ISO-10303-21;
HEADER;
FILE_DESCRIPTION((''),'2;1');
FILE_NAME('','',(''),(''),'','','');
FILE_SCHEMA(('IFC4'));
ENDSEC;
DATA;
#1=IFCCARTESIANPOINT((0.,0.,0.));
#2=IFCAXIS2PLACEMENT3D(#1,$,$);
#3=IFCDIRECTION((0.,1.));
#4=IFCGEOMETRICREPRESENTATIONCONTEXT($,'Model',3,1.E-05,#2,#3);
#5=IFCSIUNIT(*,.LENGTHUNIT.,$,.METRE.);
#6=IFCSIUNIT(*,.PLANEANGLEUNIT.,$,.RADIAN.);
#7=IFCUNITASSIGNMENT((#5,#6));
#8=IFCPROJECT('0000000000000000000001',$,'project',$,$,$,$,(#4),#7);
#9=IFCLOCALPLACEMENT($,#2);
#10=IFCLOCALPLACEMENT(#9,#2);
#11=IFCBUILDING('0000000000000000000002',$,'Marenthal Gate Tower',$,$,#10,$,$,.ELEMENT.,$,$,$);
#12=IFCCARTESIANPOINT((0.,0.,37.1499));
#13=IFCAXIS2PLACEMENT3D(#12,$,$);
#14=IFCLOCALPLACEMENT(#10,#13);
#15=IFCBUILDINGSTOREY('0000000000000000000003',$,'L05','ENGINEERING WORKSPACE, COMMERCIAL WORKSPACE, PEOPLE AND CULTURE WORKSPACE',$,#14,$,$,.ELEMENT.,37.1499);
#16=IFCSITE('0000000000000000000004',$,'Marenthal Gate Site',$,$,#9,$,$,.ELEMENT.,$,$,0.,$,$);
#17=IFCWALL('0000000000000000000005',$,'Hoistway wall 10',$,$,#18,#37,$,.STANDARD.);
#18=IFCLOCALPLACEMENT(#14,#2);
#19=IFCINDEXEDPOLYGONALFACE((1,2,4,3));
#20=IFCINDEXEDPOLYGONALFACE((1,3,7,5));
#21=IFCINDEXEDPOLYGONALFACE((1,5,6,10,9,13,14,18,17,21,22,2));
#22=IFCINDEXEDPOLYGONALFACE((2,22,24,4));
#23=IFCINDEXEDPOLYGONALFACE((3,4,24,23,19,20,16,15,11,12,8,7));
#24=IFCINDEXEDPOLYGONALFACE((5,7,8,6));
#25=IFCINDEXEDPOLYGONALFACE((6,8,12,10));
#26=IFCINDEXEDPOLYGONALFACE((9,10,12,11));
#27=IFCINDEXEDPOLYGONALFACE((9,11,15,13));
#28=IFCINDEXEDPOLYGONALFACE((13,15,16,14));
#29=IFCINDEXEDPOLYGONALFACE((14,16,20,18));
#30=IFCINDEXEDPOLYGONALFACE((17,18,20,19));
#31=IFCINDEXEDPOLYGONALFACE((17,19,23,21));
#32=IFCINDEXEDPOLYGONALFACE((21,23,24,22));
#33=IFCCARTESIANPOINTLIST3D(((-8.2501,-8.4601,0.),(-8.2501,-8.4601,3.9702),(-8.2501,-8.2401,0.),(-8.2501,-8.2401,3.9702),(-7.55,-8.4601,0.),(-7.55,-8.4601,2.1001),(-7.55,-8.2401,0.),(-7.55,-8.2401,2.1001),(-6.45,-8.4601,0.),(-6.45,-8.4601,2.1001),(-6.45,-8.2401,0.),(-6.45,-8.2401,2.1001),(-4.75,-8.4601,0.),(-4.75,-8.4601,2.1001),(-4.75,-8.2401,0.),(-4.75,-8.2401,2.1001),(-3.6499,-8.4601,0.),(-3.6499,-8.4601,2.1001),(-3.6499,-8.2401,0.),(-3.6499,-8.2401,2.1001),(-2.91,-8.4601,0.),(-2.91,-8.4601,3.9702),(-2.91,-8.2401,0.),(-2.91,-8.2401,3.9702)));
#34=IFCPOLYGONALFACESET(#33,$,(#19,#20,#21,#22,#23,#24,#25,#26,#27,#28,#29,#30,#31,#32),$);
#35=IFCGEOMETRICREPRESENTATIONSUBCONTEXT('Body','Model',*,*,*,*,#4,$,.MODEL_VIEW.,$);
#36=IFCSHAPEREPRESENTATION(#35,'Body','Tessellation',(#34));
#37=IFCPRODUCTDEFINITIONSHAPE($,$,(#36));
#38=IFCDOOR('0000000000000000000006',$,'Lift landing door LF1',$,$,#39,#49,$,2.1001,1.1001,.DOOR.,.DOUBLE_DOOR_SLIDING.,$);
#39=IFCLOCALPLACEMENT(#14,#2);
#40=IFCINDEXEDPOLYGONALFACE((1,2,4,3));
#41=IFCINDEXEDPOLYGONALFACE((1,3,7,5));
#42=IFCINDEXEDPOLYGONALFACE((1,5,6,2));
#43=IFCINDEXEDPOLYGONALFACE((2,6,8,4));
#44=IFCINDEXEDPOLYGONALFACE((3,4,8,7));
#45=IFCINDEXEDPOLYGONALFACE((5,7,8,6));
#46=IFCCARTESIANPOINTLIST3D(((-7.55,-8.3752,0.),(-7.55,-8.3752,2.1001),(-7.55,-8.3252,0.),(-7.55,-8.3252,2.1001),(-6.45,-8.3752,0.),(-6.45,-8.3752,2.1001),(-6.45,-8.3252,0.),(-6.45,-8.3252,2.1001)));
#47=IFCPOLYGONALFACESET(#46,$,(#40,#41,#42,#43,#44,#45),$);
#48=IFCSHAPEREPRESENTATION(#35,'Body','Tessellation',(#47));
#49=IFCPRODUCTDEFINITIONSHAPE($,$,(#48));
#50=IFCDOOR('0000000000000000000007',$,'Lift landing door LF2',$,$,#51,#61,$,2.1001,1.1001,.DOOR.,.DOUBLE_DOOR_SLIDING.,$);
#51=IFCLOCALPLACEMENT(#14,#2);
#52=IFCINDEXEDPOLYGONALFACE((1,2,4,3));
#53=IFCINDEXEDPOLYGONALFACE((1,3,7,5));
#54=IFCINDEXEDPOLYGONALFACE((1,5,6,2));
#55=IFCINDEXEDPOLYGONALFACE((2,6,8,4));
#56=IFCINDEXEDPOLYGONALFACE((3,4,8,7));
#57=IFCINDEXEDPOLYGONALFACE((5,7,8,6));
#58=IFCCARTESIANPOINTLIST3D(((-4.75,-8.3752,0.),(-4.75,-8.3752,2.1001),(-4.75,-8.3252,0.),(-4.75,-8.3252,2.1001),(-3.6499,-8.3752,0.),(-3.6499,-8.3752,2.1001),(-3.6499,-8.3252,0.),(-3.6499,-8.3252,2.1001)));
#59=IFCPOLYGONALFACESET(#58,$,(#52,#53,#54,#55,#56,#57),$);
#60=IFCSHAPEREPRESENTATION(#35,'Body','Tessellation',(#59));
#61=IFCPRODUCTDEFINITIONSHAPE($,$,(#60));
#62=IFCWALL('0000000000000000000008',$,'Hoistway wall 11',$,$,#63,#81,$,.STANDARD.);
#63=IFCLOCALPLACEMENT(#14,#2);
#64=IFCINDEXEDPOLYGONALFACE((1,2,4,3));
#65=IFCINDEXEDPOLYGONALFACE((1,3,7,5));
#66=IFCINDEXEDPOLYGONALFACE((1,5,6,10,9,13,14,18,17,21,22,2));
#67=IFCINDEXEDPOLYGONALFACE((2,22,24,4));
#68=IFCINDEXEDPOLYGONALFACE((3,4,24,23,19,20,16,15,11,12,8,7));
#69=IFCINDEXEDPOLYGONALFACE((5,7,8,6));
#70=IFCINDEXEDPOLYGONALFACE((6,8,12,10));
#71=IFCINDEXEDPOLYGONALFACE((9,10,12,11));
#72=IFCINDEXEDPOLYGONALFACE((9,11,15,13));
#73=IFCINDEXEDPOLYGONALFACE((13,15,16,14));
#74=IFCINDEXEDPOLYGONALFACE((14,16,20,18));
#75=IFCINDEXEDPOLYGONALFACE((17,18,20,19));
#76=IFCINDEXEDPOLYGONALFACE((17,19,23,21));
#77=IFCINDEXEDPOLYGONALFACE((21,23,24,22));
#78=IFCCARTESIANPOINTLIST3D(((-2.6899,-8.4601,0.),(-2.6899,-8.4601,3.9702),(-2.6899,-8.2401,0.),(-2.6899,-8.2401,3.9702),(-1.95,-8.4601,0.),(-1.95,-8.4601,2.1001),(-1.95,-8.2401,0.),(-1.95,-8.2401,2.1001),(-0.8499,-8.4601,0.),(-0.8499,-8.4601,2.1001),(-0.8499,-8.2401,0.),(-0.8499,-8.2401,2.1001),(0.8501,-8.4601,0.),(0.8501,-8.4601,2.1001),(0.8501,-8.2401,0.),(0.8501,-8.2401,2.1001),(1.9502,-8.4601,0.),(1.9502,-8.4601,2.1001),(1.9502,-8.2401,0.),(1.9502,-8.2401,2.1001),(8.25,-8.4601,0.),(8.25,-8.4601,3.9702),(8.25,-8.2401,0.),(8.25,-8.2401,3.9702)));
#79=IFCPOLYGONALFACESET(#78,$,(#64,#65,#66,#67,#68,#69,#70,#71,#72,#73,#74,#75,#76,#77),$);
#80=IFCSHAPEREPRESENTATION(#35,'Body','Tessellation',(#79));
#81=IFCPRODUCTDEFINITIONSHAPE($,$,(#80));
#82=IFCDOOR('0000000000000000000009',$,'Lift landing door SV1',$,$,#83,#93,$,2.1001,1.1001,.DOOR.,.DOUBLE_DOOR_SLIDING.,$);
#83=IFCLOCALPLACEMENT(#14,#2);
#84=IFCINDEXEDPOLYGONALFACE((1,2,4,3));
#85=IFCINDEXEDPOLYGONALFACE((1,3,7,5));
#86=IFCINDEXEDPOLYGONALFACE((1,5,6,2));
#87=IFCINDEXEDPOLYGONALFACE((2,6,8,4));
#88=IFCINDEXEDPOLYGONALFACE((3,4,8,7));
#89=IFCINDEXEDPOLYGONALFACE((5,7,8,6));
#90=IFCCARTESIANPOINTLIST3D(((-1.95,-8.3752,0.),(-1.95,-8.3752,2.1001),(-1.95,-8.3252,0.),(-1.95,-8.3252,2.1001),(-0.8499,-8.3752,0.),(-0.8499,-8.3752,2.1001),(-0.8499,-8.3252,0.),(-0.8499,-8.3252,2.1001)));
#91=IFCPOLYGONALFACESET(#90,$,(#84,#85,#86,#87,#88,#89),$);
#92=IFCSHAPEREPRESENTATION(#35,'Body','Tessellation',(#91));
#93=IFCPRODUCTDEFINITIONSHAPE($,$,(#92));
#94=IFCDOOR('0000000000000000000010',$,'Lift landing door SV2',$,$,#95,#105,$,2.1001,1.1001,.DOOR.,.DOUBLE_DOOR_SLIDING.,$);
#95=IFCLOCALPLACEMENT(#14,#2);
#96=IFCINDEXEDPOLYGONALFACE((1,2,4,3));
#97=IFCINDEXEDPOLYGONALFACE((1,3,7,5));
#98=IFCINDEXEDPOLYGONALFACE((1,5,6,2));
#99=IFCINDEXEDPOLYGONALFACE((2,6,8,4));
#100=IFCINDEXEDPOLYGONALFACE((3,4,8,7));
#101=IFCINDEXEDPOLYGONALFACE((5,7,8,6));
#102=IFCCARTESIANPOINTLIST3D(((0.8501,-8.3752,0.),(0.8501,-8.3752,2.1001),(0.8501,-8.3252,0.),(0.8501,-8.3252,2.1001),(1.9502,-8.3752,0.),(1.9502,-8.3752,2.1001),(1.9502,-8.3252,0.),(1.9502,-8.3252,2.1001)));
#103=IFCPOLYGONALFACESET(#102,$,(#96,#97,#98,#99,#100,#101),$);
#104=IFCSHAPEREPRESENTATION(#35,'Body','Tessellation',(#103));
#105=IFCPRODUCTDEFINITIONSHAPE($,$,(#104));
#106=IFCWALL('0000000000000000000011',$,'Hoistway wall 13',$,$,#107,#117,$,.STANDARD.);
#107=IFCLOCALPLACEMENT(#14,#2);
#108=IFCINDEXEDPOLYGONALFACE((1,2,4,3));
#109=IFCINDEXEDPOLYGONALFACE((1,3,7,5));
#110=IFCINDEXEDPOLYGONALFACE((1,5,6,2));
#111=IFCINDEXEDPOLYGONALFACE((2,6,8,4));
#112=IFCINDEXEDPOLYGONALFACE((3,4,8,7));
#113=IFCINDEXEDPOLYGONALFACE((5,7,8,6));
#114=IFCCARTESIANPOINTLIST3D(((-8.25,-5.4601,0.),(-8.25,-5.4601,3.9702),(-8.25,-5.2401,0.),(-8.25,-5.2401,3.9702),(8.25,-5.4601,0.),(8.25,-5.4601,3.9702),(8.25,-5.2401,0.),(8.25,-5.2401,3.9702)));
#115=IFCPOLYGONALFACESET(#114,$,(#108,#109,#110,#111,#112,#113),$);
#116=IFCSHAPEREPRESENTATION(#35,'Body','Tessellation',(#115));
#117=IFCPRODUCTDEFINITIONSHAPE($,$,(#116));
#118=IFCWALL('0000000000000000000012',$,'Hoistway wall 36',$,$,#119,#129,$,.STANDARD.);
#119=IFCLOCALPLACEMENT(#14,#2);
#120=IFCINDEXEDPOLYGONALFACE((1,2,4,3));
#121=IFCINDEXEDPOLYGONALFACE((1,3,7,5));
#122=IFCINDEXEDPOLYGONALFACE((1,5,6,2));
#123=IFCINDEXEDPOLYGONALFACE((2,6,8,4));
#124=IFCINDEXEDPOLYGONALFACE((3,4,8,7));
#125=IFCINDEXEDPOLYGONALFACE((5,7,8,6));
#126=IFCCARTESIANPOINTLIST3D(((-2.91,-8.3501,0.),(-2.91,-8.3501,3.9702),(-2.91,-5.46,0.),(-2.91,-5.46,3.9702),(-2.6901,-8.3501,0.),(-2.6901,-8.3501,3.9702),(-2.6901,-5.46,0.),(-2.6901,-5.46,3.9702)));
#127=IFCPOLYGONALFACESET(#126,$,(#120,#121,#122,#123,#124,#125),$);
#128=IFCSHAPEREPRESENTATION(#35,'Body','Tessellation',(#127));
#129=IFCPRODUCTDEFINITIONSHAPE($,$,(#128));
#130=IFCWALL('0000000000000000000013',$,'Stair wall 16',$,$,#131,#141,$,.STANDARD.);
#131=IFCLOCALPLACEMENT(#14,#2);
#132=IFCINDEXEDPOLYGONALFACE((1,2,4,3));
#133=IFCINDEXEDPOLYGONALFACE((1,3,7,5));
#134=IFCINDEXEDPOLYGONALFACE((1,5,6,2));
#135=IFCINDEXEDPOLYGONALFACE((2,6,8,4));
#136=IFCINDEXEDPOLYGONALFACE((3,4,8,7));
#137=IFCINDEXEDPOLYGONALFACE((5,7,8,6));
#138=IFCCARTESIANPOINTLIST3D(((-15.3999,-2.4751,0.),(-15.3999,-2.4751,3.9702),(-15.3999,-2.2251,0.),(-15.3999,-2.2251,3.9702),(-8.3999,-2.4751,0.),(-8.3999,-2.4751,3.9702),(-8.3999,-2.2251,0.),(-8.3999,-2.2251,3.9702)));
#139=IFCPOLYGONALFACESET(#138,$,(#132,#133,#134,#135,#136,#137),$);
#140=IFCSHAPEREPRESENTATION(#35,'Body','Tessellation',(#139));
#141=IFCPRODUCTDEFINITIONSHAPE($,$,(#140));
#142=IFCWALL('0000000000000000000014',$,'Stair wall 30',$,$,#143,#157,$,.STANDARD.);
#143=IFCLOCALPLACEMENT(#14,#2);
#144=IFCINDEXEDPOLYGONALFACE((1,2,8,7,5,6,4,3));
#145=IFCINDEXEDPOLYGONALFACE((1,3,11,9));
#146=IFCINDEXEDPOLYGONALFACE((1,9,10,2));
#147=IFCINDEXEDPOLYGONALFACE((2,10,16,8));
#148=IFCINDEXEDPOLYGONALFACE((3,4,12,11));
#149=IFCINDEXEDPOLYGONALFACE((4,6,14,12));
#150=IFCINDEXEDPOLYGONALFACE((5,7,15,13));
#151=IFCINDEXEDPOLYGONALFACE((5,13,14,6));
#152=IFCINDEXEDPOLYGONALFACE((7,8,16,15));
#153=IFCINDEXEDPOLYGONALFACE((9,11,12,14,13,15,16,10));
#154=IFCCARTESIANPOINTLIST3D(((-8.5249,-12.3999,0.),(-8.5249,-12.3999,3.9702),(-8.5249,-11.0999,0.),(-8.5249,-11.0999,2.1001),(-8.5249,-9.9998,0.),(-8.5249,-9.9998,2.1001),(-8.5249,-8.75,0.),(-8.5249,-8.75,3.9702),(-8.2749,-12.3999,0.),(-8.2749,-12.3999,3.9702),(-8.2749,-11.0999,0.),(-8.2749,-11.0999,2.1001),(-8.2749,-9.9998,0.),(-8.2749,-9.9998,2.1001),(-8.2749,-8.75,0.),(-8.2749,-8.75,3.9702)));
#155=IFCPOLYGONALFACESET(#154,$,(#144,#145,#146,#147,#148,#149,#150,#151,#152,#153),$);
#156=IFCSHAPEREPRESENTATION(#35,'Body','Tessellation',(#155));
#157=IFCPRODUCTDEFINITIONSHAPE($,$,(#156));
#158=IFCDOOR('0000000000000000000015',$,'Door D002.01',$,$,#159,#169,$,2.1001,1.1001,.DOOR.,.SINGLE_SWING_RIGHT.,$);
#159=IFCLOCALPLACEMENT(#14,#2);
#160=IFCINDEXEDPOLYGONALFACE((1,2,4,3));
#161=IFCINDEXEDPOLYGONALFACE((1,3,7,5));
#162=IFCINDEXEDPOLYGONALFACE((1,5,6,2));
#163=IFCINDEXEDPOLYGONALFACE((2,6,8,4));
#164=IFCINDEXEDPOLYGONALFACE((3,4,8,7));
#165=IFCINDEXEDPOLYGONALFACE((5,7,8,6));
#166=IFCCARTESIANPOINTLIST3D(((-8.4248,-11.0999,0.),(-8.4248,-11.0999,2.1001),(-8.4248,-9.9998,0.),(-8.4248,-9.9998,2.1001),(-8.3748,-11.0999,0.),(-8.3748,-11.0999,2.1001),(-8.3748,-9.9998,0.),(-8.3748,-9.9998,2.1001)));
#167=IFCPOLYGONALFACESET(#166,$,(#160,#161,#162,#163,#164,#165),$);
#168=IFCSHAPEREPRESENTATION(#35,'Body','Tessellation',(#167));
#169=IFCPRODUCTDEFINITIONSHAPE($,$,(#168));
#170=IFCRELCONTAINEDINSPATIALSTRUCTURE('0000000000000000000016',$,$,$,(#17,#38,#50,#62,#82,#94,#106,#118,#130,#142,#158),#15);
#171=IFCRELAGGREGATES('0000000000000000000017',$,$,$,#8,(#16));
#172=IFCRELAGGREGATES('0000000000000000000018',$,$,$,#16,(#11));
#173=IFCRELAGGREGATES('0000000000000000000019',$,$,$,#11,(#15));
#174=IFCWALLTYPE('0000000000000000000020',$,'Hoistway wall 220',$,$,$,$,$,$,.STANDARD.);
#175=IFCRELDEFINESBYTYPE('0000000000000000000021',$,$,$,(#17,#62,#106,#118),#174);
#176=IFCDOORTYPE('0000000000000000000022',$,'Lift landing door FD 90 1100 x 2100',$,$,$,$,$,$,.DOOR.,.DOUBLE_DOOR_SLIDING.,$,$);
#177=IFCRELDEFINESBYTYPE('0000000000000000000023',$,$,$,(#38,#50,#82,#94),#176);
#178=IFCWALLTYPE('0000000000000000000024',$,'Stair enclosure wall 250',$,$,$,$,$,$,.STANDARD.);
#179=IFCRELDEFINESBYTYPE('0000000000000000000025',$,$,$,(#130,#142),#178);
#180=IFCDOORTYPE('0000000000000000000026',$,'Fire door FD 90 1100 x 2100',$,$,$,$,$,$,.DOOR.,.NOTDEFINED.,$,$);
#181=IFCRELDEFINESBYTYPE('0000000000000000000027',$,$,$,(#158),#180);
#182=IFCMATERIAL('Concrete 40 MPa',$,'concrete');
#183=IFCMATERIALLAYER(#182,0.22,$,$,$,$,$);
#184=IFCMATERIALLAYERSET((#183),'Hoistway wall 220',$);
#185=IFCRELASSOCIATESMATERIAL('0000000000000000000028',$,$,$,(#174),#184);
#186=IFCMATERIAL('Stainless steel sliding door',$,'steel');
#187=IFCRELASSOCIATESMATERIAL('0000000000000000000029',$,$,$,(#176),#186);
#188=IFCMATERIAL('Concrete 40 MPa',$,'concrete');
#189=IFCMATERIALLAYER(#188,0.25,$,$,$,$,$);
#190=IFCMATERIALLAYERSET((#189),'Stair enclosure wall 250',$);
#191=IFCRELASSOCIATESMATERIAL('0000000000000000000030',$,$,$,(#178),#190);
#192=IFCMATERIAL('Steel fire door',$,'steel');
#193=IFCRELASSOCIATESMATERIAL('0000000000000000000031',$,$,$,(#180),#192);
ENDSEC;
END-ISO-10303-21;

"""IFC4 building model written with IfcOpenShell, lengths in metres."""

from ifc_helpers import new_model, si_unit, direction, frame, frame_2d, origin, place, context, subcontext, project, spatial, rectangle, extrude, material, layer, layer_set, type_object, element, fill, save


model = new_model("IFC4")

# Units and contexts
model_context = context("Model", 3, precision=1e-05, world=origin(), true_north=direction((0.0, 1.0)))
body_context = subcontext(model_context, "Body", "Model", "MODEL_VIEW")
ifc_project = project(units=[si_unit("LENGTHUNIT", "METRE"), si_unit("PLANEANGLEUNIT", "RADIAN")], contexts=[model_context])

# Site, building, storey
site_placement = place(None, origin())
site = spatial("IfcSite", under=ifc_project, at=site_placement, Name="Marenthal Gate Site", CompositionType="ELEMENT", RefElevation=0.0)
building_placement = place(site_placement, origin())
building = spatial("IfcBuilding", under=site, at=building_placement, Name="Marenthal Gate Tower", CompositionType="ELEMENT")
storey_placement = place(building_placement, frame((0.0, 0.0, 37.1499)))
storey = spatial("IfcBuildingStorey", under=building, at=storey_placement, Name="L05", Description="ENGINEERING WORKSPACE, COMMERCIAL WORKSPACE, PEOPLE AND CULTURE WORKSPACE", CompositionType="ELEMENT", Elevation=37.1499)

# Walls, openings, doors
ifc_material_1 = material(Name="Concrete 40 MPa", Category="concrete")
ifc_layer_1 = layer(ifc_material_1, 0.22)
ifc_layer_set_1 = layer_set([ifc_layer_1], Name="Hoistway wall 220")
wall_type_1 = type_object("IfcWallType", Name="Hoistway wall 220", PredefinedType="STANDARD", material=ifc_layer_set_1)
wall_1_placement = place(storey_placement, frame((-8.25, -8.3501, 0.0), z_axis=(0.0, 0.0, 1.0), x_axis=(1.0, 0.0, 0.0)))
wall_1 = element("IfcWall", 1, at=wall_1_placement, inside=storey, type_object=wall_type_1, Name="Hoistway wall 10", PredefinedType="STANDARD", context=body_context, shape_type="SweptSolid", body=[
    extrude(rectangle(XDim=5.3401, YDim=0.22, at=frame_2d((2.6699, 0.0))), origin(), (0.0, 0.0, 1.0), 3.9702),
])
opening_1_placement = place(wall_1_placement, frame((0.7, 0.0, 0.0)))
opening_1 = element("IfcOpeningElement", 2, at=opening_1_placement, cuts=wall_1, PredefinedType="OPENING", context=body_context, shape_type="SweptSolid", body=[
    extrude(rectangle(XDim=1.1001, YDim=2.1001, at=frame_2d((0.55, 1.05))), frame((0.0, 0.1201, 0.0), z_axis=(0.0, -1.0, 0.0), x_axis=(1.0, 0.0, 0.0)), (0.0, 0.0, 1.0), 0.24),
])
opening_2_placement = place(wall_1_placement, frame((3.5, 0.0, 0.0)))
opening_2 = element("IfcOpeningElement", 3, at=opening_2_placement, cuts=wall_1, PredefinedType="OPENING", context=body_context, shape_type="SweptSolid", body=[
    extrude(rectangle(XDim=1.1001, YDim=2.1001, at=frame_2d((0.55, 1.05))), frame((0.0, 0.1201, 0.0), z_axis=(0.0, -1.0, 0.0), x_axis=(1.0, 0.0, 0.0)), (0.0, 0.0, 1.0), 0.24),
])
ifc_material_2 = material(Name="Stainless steel sliding door", Category="steel")
door_type_1 = type_object("IfcDoorType", Name="Lift landing door FD 90 1100 x 2100", OperationType="DOUBLE_DOOR_SLIDING", PredefinedType="DOOR", material=ifc_material_2)
door_1_placement = place(opening_1_placement, origin())
door_1 = element("IfcDoor", 4, at=door_1_placement, inside=storey, type_object=door_type_1, Name="Lift landing door LF1", OperationType="DOUBLE_DOOR_SLIDING", OverallHeight=2.1001, OverallWidth=1.1001, PredefinedType="DOOR", context=body_context, shape_type="SweptSolid", body=[
    extrude(rectangle(XDim=1.1001, YDim=2.1001, at=frame_2d((0.55, 1.05))), frame((0.0, 0.0249, 0.0), z_axis=(0.0, -1.0, 0.0), x_axis=(1.0, 0.0, 0.0)), (0.0, 0.0, 1.0), 0.05),
])
fill(opening_1, door_1)
door_2_placement = place(opening_2_placement, origin())
door_2 = element("IfcDoor", 5, at=door_2_placement, inside=storey, type_object=door_type_1, Name="Lift landing door LF2", OperationType="DOUBLE_DOOR_SLIDING", OverallHeight=2.1001, OverallWidth=1.1001, PredefinedType="DOOR", context=body_context, shape_type="SweptSolid", body=[
    extrude(rectangle(XDim=1.1001, YDim=2.1001, at=frame_2d((0.55, 1.05))), frame((0.0, 0.0249, 0.0), z_axis=(0.0, -1.0, 0.0), x_axis=(1.0, 0.0, 0.0)), (0.0, 0.0, 1.0), 0.05),
])
fill(opening_2, door_2)
wall_2_placement = place(storey_placement, frame((-2.6899, -8.3501, 0.0), z_axis=(0.0, 0.0, 1.0), x_axis=(1.0, 0.0, 0.0)))
wall_2 = element("IfcWall", 6, at=wall_2_placement, inside=storey, type_object=wall_type_1, Name="Hoistway wall 11", PredefinedType="STANDARD", context=body_context, shape_type="SweptSolid", body=[
    extrude(rectangle(XDim=10.9399, YDim=0.22, at=frame_2d((5.47, 0.0))), origin(), (0.0, 0.0, 1.0), 3.9702),
])
opening_3_placement = place(wall_2_placement, frame((0.74, 0.0, 0.0)))
opening_3 = element("IfcOpeningElement", 7, at=opening_3_placement, cuts=wall_2, PredefinedType="OPENING", context=body_context, shape_type="SweptSolid", body=[
    extrude(rectangle(XDim=1.1001, YDim=2.1001, at=frame_2d((0.55, 1.05))), frame((0.0, 0.1201, 0.0), z_axis=(0.0, -1.0, 0.0), x_axis=(1.0, 0.0, 0.0)), (0.0, 0.0, 1.0), 0.24),
])
opening_4_placement = place(wall_2_placement, frame((3.54, 0.0, 0.0)))
opening_4 = element("IfcOpeningElement", 8, at=opening_4_placement, cuts=wall_2, PredefinedType="OPENING", context=body_context, shape_type="SweptSolid", body=[
    extrude(rectangle(XDim=1.1001, YDim=2.1001, at=frame_2d((0.55, 1.05))), frame((0.0, 0.1201, 0.0), z_axis=(0.0, -1.0, 0.0), x_axis=(1.0, 0.0, 0.0)), (0.0, 0.0, 1.0), 0.24),
])
door_3_placement = place(opening_3_placement, origin())
door_3 = element("IfcDoor", 9, at=door_3_placement, inside=storey, type_object=door_type_1, Name="Lift landing door SV1", OperationType="DOUBLE_DOOR_SLIDING", OverallHeight=2.1001, OverallWidth=1.1001, PredefinedType="DOOR", context=body_context, shape_type="SweptSolid", body=[
    extrude(rectangle(XDim=1.1001, YDim=2.1001, at=frame_2d((0.55, 1.05))), frame((0.0, 0.0249, 0.0), z_axis=(0.0, -1.0, 0.0), x_axis=(1.0, 0.0, 0.0)), (0.0, 0.0, 1.0), 0.05),
])
fill(opening_3, door_3)
door_4_placement = place(opening_4_placement, origin())
door_4 = element("IfcDoor", 10, at=door_4_placement, inside=storey, type_object=door_type_1, Name="Lift landing door SV2", OperationType="DOUBLE_DOOR_SLIDING", OverallHeight=2.1001, OverallWidth=1.1001, PredefinedType="DOOR", context=body_context, shape_type="SweptSolid", body=[
    extrude(rectangle(XDim=1.1001, YDim=2.1001, at=frame_2d((0.55, 1.05))), frame((0.0, 0.0249, 0.0), z_axis=(0.0, -1.0, 0.0), x_axis=(1.0, 0.0, 0.0)), (0.0, 0.0, 1.0), 0.05),
])
fill(opening_4, door_4)

# Walls
wall_3_placement = place(storey_placement, frame((-8.25, -5.3501, 0.0), z_axis=(0.0, 0.0, 1.0), x_axis=(1.0, 0.0, 0.0)))
element("IfcWall", 11, at=wall_3_placement, inside=storey, type_object=wall_type_1, Name="Hoistway wall 13", PredefinedType="STANDARD", context=body_context, shape_type="SweptSolid", body=[
    extrude(rectangle(XDim=16.5, YDim=0.22, at=frame_2d((8.25, 0.0))), origin(), (0.0, 0.0, 1.0), 3.9702),
])
wall_4_placement = place(storey_placement, frame((-2.8, -8.3501, 0.0), z_axis=(0.0, 0.0, 1.0), x_axis=(0.0, 1.0, 0.0)))
element("IfcWall", 12, at=wall_4_placement, inside=storey, type_object=wall_type_1, Name="Hoistway wall 36", PredefinedType="STANDARD", context=body_context, shape_type="SweptSolid", body=[
    extrude(rectangle(XDim=2.8901, YDim=0.22, at=frame_2d((1.4451, 0.0))), origin(), (0.0, 0.0, 1.0), 3.9702),
])
ifc_material_3 = material(Name="Concrete 40 MPa", Category="concrete")
ifc_layer_2 = layer(ifc_material_3, 0.25)
ifc_layer_set_2 = layer_set([ifc_layer_2], Name="Stair enclosure wall 250")
wall_type_2 = type_object("IfcWallType", Name="Stair enclosure wall 250", PredefinedType="STANDARD", material=ifc_layer_set_2)
wall_5_placement = place(storey_placement, frame((-15.3999, -2.3501, 0.0), z_axis=(0.0, 0.0, 1.0), x_axis=(1.0, 0.0, 0.0)))
element("IfcWall", 13, at=wall_5_placement, inside=storey, type_object=wall_type_2, Name="Stair wall 16", PredefinedType="STANDARD", context=body_context, shape_type="SweptSolid", body=[
    extrude(rectangle(XDim=7.0, YDim=0.25, at=frame_2d((3.5, 0.0))), origin(), (0.0, 0.0, 1.0), 3.9702),
])

# Wall, opening, door
wall_6_placement = place(storey_placement, frame((-8.3999, -12.3999, 0.0), z_axis=(0.0, 0.0, 1.0), x_axis=(0.0, 1.0, 0.0)))
wall_6 = element("IfcWall", 14, at=wall_6_placement, inside=storey, type_object=wall_type_2, Name="Stair wall 30", PredefinedType="STANDARD", context=body_context, shape_type="SweptSolid", body=[
    extrude(rectangle(XDim=3.6499, YDim=0.25, at=frame_2d((1.825, 0.0))), origin(), (0.0, 0.0, 1.0), 3.9702),
])
opening_5_placement = place(wall_6_placement, frame((1.3, 0.0, 0.0)))
opening_5 = element("IfcOpeningElement", 15, at=opening_5_placement, cuts=wall_6, PredefinedType="OPENING", context=body_context, shape_type="SweptSolid", body=[
    extrude(rectangle(XDim=1.1001, YDim=2.1001, at=frame_2d((0.55, 1.05))), frame((0.0, 0.135, 0.0), z_axis=(0.0, -1.0, 0.0), x_axis=(1.0, 0.0, 0.0)), (0.0, 0.0, 1.0), 0.27),
])
ifc_material_4 = material(Name="Steel fire door", Category="steel")
door_type_2 = type_object("IfcDoorType", Name="Fire door FD 90 1100 x 2100", OperationType="NOTDEFINED", PredefinedType="DOOR", material=ifc_material_4)
door_5_placement = place(opening_5_placement, origin())
door_5 = element("IfcDoor", 16, at=door_5_placement, inside=storey, type_object=door_type_2, Name="Door D002.01", OperationType="SINGLE_SWING_RIGHT", OverallHeight=2.1001, OverallWidth=1.1001, PredefinedType="DOOR", context=body_context, shape_type="SweptSolid", body=[
    extrude(rectangle(XDim=1.1001, YDim=2.1001, at=frame_2d((0.55, 1.05))), frame((0.0, 0.0249, 0.0), z_axis=(0.0, -1.0, 0.0), x_axis=(1.0, 0.0, 0.0)), (0.0, 0.0, 1.0), 0.05),
])
fill(opening_5, door_5)

save(model, "model.ifc")
